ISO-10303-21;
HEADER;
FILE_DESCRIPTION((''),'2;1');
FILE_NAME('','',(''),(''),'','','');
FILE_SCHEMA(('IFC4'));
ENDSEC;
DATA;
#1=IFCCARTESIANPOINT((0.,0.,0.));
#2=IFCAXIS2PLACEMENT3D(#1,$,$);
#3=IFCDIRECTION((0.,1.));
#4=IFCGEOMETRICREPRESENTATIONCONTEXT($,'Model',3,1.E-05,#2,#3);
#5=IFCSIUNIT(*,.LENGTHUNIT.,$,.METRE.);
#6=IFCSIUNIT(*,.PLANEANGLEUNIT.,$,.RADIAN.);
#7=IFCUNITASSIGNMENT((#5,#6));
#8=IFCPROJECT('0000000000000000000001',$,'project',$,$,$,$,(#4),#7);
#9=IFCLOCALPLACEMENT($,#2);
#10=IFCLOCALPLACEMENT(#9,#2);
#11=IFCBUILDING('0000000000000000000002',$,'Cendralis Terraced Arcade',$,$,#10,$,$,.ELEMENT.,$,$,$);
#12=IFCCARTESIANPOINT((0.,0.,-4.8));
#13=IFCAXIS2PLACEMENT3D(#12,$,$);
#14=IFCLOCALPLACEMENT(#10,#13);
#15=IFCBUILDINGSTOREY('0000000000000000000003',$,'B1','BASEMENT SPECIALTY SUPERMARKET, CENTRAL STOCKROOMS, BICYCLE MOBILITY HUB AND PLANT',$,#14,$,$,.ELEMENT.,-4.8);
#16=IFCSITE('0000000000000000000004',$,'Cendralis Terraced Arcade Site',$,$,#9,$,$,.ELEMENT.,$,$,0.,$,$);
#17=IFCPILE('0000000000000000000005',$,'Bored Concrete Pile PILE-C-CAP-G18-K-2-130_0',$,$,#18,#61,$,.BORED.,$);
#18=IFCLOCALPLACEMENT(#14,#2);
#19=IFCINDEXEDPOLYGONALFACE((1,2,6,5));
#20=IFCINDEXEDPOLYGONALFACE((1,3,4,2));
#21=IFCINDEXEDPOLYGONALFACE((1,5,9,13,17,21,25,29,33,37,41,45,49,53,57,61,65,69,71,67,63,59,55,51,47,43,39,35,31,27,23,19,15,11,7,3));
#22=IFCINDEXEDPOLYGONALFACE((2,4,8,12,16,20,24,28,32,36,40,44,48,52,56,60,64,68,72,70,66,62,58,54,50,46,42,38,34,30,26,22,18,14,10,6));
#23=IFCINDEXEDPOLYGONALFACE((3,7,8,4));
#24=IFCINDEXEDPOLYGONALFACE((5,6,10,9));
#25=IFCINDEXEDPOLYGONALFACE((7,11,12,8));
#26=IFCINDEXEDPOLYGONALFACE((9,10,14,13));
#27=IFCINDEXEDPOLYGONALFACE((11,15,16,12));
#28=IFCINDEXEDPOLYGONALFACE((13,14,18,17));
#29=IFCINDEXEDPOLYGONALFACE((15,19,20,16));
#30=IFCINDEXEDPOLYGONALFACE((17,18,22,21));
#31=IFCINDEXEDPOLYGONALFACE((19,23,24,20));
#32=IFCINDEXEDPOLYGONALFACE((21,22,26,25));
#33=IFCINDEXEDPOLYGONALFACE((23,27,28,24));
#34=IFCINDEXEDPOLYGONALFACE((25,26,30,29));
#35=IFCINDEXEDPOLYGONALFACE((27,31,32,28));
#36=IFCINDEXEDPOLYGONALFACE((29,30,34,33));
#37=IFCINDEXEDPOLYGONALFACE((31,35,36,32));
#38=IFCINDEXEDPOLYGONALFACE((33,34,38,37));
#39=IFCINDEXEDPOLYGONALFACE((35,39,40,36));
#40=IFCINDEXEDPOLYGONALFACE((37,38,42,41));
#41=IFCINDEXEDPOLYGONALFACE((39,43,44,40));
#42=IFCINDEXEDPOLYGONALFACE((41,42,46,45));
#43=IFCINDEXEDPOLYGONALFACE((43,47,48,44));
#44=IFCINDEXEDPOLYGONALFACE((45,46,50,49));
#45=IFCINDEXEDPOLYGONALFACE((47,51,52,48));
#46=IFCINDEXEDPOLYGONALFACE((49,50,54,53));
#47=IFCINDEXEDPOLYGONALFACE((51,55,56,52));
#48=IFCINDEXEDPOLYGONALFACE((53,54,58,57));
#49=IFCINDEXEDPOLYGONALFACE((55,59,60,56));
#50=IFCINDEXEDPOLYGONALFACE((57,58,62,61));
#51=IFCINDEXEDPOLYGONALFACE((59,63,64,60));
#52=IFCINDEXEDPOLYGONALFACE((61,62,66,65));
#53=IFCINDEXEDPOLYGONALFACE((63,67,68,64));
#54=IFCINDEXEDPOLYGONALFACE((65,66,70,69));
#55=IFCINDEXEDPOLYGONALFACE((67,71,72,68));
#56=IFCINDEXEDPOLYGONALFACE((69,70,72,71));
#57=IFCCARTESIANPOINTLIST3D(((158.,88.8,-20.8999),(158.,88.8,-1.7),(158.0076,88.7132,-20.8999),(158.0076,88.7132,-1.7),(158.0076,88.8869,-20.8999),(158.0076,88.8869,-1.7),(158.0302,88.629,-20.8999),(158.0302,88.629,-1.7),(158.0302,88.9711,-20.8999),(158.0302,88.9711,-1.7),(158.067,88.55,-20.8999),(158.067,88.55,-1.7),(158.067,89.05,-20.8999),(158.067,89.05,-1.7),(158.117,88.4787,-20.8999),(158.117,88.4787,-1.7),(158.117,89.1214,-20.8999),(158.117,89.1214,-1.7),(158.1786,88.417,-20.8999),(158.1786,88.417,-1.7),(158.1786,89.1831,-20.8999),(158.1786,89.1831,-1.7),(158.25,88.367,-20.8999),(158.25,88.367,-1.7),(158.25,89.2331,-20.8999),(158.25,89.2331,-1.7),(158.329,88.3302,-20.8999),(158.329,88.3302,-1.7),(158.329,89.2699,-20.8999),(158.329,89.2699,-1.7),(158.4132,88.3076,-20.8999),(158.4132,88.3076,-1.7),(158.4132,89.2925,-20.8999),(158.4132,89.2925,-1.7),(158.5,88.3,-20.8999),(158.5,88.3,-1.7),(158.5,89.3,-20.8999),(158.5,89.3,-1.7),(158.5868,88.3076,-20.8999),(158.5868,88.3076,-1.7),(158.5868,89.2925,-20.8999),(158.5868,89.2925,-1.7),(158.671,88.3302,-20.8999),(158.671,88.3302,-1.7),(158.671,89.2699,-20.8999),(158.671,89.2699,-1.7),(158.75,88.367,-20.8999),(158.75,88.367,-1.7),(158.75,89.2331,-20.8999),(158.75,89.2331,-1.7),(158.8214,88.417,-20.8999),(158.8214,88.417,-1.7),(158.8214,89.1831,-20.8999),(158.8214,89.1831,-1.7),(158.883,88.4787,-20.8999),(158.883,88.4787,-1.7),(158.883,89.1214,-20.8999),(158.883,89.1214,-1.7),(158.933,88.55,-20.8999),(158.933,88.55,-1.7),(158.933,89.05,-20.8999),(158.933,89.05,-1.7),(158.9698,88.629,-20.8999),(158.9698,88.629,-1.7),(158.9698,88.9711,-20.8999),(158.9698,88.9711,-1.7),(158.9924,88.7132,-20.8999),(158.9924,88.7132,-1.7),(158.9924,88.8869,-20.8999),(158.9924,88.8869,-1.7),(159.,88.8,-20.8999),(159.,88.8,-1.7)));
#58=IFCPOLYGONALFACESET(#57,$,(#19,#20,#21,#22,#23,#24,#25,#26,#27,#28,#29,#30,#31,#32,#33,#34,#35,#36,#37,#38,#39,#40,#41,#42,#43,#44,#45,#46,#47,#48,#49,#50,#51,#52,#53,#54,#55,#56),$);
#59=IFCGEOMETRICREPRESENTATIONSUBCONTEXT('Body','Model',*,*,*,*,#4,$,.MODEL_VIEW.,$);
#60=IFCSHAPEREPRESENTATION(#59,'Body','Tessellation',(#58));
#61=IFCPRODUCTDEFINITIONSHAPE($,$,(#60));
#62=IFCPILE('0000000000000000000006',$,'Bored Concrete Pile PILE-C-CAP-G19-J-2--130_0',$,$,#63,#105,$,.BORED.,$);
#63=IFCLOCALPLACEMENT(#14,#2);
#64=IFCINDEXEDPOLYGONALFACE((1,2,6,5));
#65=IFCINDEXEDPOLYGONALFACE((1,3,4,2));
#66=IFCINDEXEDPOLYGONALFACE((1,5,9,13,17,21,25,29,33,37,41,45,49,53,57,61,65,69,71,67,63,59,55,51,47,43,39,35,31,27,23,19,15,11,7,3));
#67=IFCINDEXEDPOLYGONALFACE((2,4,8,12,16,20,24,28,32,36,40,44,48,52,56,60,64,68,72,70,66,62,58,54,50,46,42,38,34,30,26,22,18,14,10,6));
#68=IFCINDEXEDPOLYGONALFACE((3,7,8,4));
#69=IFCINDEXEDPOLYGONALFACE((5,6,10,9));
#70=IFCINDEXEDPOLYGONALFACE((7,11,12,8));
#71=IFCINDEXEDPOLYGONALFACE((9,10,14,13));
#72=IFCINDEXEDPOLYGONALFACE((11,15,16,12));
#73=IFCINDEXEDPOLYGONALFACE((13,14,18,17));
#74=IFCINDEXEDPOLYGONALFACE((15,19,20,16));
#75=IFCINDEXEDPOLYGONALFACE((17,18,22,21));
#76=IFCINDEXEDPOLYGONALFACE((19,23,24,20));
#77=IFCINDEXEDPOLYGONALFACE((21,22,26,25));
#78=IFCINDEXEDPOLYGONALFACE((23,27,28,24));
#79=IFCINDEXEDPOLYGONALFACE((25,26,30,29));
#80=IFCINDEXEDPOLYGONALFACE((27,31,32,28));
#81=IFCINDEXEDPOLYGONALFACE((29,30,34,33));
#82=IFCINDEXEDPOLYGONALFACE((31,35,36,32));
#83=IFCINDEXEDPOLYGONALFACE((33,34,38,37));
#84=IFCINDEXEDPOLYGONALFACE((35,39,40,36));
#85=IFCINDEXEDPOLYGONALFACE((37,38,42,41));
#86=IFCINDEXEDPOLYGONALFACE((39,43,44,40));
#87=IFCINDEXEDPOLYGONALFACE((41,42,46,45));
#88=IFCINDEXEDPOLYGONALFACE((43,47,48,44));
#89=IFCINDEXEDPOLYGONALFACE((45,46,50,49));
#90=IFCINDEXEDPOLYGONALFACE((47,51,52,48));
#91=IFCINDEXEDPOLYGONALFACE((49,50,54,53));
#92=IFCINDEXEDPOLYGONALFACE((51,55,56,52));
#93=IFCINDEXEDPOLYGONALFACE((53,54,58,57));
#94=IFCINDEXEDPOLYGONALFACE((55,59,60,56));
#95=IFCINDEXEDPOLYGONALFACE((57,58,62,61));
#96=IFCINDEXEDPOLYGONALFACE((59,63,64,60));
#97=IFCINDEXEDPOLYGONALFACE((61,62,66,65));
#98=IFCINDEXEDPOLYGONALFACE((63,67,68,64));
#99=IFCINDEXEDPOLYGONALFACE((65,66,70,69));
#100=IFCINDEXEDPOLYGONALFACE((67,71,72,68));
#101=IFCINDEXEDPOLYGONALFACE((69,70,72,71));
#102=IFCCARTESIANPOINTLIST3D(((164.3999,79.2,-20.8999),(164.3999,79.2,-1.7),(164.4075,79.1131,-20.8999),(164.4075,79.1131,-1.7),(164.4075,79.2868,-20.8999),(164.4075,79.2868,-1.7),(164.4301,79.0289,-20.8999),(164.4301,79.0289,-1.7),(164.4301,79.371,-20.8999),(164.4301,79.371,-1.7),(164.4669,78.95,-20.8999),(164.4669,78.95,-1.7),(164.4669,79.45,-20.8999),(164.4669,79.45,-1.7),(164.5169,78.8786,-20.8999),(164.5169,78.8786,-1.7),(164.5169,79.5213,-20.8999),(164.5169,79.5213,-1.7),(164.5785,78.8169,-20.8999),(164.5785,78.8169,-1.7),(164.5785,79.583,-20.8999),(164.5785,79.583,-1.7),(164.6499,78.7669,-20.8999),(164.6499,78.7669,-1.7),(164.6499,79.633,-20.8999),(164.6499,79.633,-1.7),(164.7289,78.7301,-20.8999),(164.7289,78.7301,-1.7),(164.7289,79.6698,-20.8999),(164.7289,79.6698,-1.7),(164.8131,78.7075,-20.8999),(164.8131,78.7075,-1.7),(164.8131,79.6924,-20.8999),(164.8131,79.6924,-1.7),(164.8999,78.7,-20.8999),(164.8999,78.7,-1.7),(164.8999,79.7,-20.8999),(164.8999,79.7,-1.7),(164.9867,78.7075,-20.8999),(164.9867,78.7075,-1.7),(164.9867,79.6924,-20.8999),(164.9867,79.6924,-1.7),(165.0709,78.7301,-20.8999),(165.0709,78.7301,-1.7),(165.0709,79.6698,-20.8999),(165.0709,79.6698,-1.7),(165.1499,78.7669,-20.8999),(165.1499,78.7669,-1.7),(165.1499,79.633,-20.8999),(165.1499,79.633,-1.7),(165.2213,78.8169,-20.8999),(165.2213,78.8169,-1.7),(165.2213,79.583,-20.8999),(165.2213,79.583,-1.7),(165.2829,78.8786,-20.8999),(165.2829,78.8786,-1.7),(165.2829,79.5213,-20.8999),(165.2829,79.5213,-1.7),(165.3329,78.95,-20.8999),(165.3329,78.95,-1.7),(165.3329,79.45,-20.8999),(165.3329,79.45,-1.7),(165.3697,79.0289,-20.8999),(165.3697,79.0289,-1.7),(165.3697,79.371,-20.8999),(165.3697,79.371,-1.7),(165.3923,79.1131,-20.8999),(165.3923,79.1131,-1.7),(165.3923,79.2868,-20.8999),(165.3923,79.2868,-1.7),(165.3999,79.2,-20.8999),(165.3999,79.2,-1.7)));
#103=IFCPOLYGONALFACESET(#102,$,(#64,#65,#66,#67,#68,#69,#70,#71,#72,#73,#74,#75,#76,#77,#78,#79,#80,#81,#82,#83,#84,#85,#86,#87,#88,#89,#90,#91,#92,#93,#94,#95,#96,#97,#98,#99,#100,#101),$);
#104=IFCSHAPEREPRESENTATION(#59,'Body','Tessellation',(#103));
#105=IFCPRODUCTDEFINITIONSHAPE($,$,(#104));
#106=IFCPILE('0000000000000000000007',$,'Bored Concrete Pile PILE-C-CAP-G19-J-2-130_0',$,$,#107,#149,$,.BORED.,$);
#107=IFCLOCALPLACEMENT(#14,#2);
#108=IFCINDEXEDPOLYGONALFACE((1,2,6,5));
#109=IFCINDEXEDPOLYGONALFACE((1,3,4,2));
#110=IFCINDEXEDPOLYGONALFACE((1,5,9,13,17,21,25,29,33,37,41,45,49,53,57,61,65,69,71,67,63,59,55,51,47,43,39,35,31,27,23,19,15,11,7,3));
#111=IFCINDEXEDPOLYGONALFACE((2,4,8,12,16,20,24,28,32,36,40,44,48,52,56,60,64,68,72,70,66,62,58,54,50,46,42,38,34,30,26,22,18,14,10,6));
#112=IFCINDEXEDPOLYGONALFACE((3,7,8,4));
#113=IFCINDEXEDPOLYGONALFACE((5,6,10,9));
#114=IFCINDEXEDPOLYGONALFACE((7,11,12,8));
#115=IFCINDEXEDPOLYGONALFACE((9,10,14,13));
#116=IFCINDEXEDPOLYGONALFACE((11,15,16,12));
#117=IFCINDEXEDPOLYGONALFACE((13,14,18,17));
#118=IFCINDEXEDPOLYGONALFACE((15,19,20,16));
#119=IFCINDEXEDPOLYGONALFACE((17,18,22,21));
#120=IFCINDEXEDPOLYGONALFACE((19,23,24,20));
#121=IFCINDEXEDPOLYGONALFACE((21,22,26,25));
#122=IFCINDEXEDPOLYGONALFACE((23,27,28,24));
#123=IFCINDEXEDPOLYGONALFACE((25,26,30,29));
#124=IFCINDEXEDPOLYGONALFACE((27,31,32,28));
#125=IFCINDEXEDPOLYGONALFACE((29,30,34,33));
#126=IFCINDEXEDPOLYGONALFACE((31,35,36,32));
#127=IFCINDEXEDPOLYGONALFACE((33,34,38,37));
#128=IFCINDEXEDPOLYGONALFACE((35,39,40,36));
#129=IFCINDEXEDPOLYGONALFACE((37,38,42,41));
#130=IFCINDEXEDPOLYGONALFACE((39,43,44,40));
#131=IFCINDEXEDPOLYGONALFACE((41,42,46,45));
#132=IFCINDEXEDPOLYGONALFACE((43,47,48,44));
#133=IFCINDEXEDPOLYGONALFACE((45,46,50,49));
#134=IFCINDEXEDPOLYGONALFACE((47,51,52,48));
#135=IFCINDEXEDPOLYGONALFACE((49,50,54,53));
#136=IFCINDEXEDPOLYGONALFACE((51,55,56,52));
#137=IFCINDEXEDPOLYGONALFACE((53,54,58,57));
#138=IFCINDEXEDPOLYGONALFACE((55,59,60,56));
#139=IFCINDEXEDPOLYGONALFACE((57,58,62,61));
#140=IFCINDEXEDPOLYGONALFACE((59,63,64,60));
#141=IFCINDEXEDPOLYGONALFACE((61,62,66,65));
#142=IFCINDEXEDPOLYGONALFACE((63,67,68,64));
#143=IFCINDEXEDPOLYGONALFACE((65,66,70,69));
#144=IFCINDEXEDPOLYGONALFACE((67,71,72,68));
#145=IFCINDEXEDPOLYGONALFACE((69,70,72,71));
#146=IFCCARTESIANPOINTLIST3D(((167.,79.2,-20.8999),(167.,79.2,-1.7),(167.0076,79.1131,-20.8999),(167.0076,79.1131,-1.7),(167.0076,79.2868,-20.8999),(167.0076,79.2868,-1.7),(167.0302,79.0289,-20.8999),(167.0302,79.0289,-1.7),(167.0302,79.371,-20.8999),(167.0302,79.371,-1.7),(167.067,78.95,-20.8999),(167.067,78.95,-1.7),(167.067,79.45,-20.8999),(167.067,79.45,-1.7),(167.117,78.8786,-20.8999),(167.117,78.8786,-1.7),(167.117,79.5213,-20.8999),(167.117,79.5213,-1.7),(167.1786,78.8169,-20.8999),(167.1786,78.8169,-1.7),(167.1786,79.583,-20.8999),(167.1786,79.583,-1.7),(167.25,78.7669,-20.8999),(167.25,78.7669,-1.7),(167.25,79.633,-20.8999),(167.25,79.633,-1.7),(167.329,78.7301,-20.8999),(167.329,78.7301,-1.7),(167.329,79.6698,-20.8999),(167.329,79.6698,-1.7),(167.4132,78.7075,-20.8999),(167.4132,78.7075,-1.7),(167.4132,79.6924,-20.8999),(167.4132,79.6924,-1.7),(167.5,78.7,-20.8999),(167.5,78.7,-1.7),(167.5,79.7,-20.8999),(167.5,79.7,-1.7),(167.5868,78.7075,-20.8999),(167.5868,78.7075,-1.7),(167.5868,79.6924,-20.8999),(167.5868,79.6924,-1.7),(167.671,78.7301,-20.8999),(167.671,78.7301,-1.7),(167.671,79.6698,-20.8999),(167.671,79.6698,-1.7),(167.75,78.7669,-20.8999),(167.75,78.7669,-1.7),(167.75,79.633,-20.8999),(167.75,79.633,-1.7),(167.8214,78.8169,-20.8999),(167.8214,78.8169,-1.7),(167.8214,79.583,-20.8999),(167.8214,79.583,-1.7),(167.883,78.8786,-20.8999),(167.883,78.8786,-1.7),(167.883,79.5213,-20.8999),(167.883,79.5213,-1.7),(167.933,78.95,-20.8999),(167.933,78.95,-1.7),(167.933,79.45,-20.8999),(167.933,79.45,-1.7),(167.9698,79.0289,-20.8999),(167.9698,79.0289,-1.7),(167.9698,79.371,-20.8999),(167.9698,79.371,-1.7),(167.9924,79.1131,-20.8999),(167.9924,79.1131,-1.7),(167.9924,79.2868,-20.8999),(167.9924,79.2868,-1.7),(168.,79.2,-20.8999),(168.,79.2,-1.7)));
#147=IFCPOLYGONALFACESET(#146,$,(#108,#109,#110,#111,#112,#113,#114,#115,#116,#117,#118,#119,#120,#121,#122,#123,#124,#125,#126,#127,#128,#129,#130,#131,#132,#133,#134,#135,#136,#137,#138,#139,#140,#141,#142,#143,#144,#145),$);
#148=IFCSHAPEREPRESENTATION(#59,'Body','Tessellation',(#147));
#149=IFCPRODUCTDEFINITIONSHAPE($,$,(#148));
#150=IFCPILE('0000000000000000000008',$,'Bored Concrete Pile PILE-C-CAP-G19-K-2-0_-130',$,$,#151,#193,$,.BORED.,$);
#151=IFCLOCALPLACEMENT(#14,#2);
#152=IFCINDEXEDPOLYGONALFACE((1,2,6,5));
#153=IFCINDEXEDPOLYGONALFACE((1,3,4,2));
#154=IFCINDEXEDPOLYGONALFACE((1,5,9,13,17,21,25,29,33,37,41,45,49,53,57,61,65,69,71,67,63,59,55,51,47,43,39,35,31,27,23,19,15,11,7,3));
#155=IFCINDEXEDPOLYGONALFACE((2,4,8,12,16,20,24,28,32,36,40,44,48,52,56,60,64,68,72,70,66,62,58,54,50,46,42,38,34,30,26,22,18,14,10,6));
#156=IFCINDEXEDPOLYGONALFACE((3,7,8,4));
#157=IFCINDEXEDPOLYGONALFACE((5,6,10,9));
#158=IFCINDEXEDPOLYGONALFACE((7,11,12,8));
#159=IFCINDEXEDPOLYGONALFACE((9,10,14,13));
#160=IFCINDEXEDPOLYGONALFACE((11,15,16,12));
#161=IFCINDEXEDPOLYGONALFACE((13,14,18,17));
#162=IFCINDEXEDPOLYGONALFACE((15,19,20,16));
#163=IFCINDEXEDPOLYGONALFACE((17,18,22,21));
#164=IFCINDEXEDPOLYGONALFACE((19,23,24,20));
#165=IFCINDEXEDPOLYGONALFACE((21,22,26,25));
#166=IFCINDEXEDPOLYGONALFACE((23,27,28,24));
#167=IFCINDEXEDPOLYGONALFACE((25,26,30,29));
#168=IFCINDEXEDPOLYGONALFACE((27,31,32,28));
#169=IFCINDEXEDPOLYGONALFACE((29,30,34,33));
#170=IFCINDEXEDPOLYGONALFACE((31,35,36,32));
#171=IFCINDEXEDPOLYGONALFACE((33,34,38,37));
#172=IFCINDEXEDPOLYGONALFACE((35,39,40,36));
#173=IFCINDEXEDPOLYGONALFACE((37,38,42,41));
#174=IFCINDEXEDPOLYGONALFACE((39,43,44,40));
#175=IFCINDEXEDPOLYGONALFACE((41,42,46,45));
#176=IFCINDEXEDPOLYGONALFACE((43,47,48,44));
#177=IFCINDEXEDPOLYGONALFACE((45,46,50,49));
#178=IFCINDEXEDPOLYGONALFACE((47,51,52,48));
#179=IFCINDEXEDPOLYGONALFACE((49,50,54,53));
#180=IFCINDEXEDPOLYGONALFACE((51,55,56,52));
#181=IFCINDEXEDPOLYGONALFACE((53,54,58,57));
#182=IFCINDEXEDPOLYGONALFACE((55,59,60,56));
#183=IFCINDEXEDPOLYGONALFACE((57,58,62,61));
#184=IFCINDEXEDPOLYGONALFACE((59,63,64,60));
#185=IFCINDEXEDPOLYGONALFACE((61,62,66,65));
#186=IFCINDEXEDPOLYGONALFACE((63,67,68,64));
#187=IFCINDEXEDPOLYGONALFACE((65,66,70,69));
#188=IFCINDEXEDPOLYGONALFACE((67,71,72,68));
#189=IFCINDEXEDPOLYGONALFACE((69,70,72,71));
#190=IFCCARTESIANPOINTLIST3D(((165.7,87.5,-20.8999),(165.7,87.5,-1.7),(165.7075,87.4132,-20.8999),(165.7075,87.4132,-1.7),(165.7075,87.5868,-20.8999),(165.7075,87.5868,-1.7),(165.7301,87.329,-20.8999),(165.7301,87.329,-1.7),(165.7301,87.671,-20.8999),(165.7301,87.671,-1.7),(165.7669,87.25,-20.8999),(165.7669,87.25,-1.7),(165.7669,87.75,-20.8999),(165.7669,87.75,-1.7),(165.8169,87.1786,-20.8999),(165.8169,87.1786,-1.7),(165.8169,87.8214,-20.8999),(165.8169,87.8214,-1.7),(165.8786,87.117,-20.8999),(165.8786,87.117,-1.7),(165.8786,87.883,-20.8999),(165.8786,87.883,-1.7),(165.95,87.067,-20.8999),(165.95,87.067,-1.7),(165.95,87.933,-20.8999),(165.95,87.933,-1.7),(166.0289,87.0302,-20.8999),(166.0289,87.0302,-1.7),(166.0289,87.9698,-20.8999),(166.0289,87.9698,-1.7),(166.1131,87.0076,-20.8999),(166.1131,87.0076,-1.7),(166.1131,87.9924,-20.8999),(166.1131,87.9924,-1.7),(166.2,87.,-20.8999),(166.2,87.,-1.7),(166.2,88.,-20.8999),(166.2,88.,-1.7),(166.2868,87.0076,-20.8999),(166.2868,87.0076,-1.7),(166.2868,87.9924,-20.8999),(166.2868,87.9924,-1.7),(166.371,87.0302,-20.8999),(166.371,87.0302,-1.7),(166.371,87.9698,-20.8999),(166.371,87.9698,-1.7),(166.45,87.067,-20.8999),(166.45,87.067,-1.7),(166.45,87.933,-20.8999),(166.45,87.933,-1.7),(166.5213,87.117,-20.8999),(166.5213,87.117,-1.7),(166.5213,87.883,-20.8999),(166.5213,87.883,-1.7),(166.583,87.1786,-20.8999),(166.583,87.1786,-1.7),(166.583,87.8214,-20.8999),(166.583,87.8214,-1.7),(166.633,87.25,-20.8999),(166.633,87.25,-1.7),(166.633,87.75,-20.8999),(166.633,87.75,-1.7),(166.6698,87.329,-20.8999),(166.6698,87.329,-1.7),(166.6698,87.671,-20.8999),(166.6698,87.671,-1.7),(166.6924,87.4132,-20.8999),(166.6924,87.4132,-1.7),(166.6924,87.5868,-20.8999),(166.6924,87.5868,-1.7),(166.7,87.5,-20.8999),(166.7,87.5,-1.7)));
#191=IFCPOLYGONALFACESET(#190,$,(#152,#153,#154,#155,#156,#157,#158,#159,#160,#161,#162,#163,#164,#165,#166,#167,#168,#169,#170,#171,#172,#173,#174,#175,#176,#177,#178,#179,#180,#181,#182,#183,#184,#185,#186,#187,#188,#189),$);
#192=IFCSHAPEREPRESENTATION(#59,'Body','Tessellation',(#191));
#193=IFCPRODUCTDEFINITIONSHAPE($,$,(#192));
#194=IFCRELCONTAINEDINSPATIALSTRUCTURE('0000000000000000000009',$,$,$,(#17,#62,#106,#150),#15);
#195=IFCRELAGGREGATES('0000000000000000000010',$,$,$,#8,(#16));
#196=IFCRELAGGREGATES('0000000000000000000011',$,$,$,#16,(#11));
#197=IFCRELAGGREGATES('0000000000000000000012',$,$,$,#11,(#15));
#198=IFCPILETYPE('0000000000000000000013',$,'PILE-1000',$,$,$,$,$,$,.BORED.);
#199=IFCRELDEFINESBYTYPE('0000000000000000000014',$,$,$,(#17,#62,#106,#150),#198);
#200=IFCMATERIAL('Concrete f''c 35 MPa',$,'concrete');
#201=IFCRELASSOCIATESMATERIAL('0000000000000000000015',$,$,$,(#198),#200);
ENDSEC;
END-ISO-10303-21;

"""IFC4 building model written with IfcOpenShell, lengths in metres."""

from ifc_helpers import new_model, si_unit, direction, frame, origin, origin_2d, place, context, subcontext, project, spatial, circle, extrude, material, material_profile, profile_set, type_object, element, save


model = new_model("IFC4")

# Units and contexts
model_context = context("Model", 3, precision=1e-05, world=origin(), true_north=direction((0.0, 1.0)))
body_context = subcontext(model_context, "Body", "Model", "MODEL_VIEW")
ifc_project = project(units=[si_unit("LENGTHUNIT", "METRE"), si_unit("PLANEANGLEUNIT", "RADIAN")], contexts=[model_context])

# Site, building, storey
site_placement = place(None, origin())
site = spatial("IfcSite", under=ifc_project, at=site_placement, Name="Cendralis Terraced Arcade Site", CompositionType="ELEMENT", RefElevation=0.0)
building_placement = place(site_placement, origin())
building = spatial("IfcBuilding", under=site, at=building_placement, Name="Cendralis Terraced Arcade", CompositionType="ELEMENT")
storey_placement = place(building_placement, frame((0.0, 0.0, -4.8)))
storey = spatial("IfcBuildingStorey", under=building, at=storey_placement, Name="B1", Description="BASEMENT SPECIALTY SUPERMARKET, CENTRAL STOCKROOMS, BICYCLE MOBILITY HUB AND PLANT", CompositionType="ELEMENT", Elevation=-4.8)

# Shared definitions
ifc_material_1 = material(Name="Concrete f'c 35 MPa", Category="concrete")

# Piles
ifc_material_profile_1 = material_profile(ifc_material_1, circle(Radius=0.5, at=origin_2d()), Name="PILE-D1000", Category="LoadBearing")
ifc_profile_set_1 = profile_set([ifc_material_profile_1], Name="Concrete f'c 35 MPa")
pile_type_1 = type_object("IfcPileType", Name="PILE-1000", PredefinedType="BORED", material=ifc_profile_set_1)
for number, where, z_axis, x_axis, name in (
    (1, (158.5, 88.8, -1.7), (0.0, 0.0, -1.0), (1.0, 0.0, 0.0), "Bored Concrete Pile PILE-C-CAP-G18-K-2-130_0"),
    (2, (164.8999, 79.2, -1.7), (0.0, 0.0, -1.0), (1.0, 0.0, 0.0), "Bored Concrete Pile PILE-C-CAP-G19-J-2--130_0"),
    (3, (167.5, 79.2, -1.7), (0.0, 0.0, -1.0), (1.0, 0.0, 0.0), "Bored Concrete Pile PILE-C-CAP-G19-J-2-130_0"),
    (4, (166.2, 87.5, -1.7), (0.0, 0.0, -1.0), (1.0, 0.0, 0.0), "Bored Concrete Pile PILE-C-CAP-G19-K-2-0_-130"),
):
    element("IfcPile", number, at=place(storey_placement, frame(where, z_axis=z_axis, x_axis=x_axis)), inside=storey, type_object=pile_type_1, Name=name, PredefinedType="BORED", context=body_context, shape_type="SweptSolid", body=[
        extrude(circle(Radius=0.5, at=origin_2d()), origin(), (0.0, 0.0, 1.0), 19.2),
    ])

save(model, "model.ifc")
